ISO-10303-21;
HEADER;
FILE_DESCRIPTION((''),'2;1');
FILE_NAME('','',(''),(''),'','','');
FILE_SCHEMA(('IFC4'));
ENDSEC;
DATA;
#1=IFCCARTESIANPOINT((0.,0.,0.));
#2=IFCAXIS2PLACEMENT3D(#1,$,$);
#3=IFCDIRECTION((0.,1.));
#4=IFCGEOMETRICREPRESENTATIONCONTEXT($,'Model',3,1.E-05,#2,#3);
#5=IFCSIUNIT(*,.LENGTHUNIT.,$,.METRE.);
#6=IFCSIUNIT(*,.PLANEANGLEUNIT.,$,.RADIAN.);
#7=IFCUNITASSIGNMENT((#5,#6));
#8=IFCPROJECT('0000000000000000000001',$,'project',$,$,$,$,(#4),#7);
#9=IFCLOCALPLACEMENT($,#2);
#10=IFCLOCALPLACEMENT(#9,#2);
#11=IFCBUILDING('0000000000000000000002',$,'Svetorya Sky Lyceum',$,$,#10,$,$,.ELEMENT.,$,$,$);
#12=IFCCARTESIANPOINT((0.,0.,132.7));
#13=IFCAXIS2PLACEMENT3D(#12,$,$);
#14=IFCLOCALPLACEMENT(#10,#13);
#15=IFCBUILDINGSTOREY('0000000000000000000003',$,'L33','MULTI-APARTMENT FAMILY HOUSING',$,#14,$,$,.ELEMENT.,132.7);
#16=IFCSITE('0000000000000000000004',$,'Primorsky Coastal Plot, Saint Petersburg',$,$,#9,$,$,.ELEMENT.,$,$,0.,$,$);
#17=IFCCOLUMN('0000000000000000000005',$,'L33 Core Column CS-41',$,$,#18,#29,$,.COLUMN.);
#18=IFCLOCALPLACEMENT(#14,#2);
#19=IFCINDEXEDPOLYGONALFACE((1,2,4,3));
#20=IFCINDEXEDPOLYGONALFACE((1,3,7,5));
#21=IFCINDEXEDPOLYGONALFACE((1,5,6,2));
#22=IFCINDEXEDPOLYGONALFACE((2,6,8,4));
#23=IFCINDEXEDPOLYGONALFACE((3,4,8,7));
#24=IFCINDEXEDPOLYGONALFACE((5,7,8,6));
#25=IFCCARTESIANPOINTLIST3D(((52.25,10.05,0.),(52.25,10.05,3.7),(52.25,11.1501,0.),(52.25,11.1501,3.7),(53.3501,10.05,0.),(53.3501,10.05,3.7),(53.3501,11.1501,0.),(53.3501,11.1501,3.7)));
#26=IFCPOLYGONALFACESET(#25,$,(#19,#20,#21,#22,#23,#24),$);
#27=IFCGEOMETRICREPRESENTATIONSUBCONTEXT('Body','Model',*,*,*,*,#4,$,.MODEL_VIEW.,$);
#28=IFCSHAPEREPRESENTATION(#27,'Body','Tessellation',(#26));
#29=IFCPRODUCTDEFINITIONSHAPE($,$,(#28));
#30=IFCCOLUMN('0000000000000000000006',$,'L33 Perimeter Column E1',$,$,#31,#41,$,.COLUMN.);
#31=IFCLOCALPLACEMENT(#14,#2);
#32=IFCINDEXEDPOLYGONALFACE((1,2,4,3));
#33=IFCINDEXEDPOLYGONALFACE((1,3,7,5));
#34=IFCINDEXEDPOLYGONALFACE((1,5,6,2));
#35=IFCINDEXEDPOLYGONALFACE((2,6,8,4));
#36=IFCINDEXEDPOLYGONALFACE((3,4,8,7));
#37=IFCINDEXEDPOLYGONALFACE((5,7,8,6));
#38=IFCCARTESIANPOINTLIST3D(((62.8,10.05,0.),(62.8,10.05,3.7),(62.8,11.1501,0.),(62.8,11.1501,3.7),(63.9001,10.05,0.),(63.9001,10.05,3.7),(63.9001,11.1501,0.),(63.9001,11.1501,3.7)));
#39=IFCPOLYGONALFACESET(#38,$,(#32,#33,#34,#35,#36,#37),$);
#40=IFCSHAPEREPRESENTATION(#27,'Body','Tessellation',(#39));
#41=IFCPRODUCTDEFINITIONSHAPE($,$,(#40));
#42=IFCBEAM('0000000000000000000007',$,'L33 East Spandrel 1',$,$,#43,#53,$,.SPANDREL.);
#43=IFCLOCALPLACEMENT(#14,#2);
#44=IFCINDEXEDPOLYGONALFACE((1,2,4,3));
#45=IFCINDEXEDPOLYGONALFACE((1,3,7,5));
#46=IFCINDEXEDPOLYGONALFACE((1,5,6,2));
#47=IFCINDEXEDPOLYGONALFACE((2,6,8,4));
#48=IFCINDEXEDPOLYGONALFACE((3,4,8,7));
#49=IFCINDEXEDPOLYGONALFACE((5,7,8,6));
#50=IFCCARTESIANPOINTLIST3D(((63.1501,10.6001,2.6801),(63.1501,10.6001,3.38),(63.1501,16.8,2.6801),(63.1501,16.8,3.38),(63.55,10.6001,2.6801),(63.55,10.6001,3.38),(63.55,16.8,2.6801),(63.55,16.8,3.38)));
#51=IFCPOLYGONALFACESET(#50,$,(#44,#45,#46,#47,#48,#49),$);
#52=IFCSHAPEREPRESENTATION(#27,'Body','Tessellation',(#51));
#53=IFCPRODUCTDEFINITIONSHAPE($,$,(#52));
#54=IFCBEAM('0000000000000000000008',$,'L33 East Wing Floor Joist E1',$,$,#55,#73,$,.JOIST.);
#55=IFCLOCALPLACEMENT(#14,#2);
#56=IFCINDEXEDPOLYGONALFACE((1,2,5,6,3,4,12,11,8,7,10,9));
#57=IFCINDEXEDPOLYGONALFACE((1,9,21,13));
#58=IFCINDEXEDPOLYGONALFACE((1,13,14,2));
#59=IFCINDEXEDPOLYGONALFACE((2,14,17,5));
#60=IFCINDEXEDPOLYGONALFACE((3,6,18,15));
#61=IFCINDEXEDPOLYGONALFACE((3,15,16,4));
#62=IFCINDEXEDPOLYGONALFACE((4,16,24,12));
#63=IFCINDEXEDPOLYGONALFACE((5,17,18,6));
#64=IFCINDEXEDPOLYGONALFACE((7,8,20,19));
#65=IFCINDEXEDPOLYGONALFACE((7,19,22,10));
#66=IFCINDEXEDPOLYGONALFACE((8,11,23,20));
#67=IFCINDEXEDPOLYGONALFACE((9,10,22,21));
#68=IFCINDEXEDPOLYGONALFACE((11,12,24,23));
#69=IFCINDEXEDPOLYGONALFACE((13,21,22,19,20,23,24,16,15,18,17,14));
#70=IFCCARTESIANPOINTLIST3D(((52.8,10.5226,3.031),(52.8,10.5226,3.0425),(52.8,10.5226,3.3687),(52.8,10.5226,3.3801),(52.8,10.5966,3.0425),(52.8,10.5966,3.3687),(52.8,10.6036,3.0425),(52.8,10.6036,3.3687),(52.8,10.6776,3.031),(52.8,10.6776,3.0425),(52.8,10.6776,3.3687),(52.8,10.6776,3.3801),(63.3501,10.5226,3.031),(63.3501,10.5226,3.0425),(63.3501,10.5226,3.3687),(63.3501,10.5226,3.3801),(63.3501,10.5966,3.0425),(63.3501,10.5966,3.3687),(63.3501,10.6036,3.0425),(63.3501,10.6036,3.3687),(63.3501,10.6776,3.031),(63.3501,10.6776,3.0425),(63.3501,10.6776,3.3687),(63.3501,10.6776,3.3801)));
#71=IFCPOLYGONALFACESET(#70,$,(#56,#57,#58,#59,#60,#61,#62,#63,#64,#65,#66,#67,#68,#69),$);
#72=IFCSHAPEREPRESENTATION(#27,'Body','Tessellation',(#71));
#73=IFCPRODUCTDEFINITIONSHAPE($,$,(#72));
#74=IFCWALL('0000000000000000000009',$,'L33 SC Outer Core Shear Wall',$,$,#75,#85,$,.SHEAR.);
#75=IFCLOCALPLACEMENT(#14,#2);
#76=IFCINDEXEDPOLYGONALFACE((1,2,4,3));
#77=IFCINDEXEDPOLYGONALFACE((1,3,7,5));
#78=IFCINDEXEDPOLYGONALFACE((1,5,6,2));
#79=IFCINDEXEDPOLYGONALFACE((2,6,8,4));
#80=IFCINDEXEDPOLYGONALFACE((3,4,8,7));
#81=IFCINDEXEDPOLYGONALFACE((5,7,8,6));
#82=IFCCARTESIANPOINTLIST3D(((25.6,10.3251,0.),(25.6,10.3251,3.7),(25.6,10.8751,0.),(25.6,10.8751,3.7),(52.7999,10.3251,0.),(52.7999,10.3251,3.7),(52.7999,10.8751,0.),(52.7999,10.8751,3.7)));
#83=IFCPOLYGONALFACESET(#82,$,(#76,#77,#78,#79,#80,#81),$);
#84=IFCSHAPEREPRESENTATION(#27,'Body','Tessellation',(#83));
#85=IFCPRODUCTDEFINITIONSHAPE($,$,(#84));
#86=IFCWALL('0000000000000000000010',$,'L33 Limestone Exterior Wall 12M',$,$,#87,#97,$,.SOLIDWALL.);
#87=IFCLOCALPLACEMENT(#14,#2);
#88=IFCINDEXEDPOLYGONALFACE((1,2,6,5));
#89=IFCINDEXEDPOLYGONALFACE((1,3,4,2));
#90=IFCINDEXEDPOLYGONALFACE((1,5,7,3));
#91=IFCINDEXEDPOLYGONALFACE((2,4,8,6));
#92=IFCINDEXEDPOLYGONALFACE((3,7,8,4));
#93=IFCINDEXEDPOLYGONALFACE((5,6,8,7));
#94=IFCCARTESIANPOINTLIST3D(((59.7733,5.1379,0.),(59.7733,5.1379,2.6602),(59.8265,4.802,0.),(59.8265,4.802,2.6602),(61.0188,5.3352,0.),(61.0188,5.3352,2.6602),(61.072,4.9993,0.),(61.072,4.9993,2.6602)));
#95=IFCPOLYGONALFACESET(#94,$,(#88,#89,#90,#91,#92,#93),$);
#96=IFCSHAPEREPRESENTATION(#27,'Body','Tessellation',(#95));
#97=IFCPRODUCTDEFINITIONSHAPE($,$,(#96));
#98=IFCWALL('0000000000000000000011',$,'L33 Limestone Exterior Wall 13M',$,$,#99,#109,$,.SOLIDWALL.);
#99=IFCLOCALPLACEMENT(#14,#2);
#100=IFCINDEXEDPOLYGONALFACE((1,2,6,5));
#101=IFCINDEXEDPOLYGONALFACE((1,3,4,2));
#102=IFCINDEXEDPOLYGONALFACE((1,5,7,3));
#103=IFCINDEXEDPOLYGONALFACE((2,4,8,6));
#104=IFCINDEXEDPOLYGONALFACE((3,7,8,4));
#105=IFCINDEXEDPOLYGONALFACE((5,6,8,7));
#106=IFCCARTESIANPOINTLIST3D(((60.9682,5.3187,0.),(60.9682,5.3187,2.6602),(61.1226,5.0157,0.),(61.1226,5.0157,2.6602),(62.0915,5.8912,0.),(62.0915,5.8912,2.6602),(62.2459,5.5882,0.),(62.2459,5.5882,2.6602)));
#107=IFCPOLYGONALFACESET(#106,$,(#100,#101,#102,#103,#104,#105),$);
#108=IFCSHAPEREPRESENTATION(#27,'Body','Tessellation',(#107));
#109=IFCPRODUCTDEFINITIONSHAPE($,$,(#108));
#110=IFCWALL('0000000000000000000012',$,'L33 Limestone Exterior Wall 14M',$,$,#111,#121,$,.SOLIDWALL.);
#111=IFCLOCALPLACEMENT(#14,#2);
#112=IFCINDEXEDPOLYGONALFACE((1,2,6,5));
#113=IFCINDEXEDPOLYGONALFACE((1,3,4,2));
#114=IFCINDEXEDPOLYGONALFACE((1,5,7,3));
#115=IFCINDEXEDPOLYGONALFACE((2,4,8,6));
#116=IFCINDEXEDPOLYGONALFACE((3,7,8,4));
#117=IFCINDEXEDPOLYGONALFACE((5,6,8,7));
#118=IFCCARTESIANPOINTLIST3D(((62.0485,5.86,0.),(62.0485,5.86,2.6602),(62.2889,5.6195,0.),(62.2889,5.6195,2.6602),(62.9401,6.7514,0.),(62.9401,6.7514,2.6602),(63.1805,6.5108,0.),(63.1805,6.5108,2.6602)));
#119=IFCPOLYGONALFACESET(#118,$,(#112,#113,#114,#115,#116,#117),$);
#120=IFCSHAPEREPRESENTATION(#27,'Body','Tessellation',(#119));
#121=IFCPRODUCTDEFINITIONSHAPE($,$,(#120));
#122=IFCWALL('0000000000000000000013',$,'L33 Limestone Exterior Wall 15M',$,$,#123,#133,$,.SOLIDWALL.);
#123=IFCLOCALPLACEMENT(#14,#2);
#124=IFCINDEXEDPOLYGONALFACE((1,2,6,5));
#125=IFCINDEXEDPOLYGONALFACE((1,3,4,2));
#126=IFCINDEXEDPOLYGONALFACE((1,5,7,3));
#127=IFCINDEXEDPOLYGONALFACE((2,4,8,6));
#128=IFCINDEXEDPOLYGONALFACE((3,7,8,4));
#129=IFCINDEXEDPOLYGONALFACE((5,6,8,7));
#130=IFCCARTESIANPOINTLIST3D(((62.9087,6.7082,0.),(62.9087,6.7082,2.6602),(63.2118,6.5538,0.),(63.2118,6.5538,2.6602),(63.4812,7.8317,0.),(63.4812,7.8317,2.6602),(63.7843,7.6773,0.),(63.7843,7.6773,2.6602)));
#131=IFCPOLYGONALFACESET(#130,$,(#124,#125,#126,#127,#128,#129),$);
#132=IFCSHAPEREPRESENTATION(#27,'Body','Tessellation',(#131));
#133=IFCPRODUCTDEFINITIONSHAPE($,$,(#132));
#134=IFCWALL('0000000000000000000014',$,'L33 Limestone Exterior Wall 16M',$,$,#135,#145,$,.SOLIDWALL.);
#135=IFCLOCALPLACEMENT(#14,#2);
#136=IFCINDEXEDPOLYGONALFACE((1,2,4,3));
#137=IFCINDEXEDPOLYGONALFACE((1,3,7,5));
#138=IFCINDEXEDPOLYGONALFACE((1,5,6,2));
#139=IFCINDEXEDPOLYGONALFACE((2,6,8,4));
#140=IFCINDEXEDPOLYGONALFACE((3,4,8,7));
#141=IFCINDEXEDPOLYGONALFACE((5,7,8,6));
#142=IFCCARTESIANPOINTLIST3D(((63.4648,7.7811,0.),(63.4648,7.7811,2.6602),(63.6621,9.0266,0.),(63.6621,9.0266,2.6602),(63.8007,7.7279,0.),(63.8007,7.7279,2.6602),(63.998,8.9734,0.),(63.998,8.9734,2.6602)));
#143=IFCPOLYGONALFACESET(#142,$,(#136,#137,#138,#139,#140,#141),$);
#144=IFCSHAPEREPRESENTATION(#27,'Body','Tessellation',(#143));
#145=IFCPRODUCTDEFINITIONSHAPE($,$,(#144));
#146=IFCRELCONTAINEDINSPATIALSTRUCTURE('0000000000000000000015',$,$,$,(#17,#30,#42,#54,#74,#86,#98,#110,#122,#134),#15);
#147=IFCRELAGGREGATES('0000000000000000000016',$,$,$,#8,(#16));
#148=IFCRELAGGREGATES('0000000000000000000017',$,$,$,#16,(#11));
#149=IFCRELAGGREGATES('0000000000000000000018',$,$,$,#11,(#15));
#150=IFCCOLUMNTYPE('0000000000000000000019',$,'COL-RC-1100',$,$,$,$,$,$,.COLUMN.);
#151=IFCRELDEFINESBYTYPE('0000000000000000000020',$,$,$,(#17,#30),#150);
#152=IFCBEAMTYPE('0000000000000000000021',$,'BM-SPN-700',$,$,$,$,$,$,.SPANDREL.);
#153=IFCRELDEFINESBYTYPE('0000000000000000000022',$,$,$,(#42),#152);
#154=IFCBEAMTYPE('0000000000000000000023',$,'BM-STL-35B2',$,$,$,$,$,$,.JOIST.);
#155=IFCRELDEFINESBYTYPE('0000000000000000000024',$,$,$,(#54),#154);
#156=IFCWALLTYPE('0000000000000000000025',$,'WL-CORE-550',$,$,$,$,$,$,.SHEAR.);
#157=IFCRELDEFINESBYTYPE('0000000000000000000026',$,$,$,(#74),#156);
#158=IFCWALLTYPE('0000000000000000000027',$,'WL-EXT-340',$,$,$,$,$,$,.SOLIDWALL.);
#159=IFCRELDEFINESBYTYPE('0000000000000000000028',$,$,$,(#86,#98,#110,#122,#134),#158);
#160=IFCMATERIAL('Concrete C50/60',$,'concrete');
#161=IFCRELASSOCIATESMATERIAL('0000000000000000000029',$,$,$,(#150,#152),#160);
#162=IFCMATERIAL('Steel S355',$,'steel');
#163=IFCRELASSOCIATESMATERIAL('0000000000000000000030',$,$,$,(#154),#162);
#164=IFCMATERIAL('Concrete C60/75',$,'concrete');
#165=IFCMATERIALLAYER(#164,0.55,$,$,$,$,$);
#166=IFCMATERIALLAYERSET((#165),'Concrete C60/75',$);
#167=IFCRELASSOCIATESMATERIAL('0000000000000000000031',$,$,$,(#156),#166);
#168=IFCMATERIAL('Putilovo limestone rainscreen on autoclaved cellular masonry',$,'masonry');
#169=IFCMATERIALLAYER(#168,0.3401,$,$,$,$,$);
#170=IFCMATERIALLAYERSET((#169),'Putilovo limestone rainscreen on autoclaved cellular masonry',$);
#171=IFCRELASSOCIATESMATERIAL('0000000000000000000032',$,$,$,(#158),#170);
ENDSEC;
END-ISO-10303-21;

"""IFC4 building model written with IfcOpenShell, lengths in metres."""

from ifc_helpers import new_model, si_unit, direction, frame, frame_2d, origin, origin_2d, place, context, subcontext, project, spatial, rectangle, i_section, extrude, material, layer, layer_set, material_profile, profile_set, type_object, element, save


model = new_model("IFC4")

# Units and contexts
model_context = context("Model", 3, precision=1e-05, world=origin(), true_north=direction((0.0, 1.0)))
body_context = subcontext(model_context, "Body", "Model", "MODEL_VIEW")
ifc_project = project(units=[si_unit("LENGTHUNIT", "METRE"), si_unit("PLANEANGLEUNIT", "RADIAN")], contexts=[model_context])

# Site, building, storey
site_placement = place(None, origin())
site = spatial("IfcSite", under=ifc_project, at=site_placement, Name="Primorsky Coastal Plot, Saint Petersburg", CompositionType="ELEMENT", RefElevation=0.0)
building_placement = place(site_placement, origin())
building = spatial("IfcBuilding", under=site, at=building_placement, Name="Svetorya Sky Lyceum", CompositionType="ELEMENT")
storey_placement = place(building_placement, frame((0.0, 0.0, 132.7)))
storey = spatial("IfcBuildingStorey", under=building, at=storey_placement, Name="L33", Description="MULTI-APARTMENT FAMILY HOUSING", CompositionType="ELEMENT", Elevation=132.7)

# Columns
ifc_material_1 = material(Name="Concrete C50/60", Category="concrete")
ifc_material_profile_1 = material_profile(ifc_material_1, rectangle(XDim=1.1001, YDim=1.1001, at=origin_2d()), Name="RC COL 1100x1100")
ifc_profile_set_1 = profile_set([ifc_material_profile_1], Name="Concrete C50/60")
column_type = type_object("IfcColumnType", Name="COL-RC-1100", PredefinedType="COLUMN", material=ifc_profile_set_1)
for number, where, z_axis, x_axis, name in (
    (1, (52.8, 10.6001, 0.0), (0.0, 0.0, 1.0), (1.0, 0.0, 0.0), "L33 Core Column CS-41"),
    (2, (63.3501, 10.6001, 0.0), (0.0, 0.0, 1.0), (1.0, 0.0, 0.0), "L33 Perimeter Column E1"),
):
    element("IfcColumn", number, at=place(storey_placement, frame(where, z_axis=z_axis, x_axis=x_axis)), inside=storey, type_object=column_type, Name=name, PredefinedType="COLUMN", context=body_context, shape_type="SweptSolid", body=[
        extrude(rectangle(XDim=1.1001, YDim=1.1001, at=origin_2d()), origin(), (0.0, 0.0, 1.0), 3.7),
    ])

# Beams
ifc_material_profile_2 = material_profile(ifc_material_1, rectangle(XDim=0.3999, YDim=0.7, at=origin_2d()), Name="RC SPANDREL 400x700")
ifc_profile_set_2 = profile_set([ifc_material_profile_2], Name="Concrete C50/60")
beam_type_1 = type_object("IfcBeamType", Name="BM-SPN-700", PredefinedType="SPANDREL", material=ifc_profile_set_2)
beam_1_placement = place(storey_placement, frame((63.3501, 10.6001, 3.03), z_axis=(0.0, 1.0, 0.0), x_axis=(-1.0, 0.0, 0.0)))
element("IfcBeam", 3, at=beam_1_placement, inside=storey, type_object=beam_type_1, Name="L33 East Spandrel 1", PredefinedType="SPANDREL", context=body_context, shape_type="SweptSolid", body=[
    extrude(rectangle(XDim=0.3999, YDim=0.7, at=origin_2d()), origin(), (0.0, 0.0, 1.0), 6.2),
])
ifc_material_2 = material(Name="Steel S355", Category="steel")
ifc_material_profile_3 = material_profile(ifc_material_2, i_section(OverallWidth=0.155, OverallDepth=0.3491, WebThickness=0.0071, FlangeThickness=0.0115, at=origin_2d()), Name="GOST 35B2")
ifc_profile_set_3 = profile_set([ifc_material_profile_3], Name="Steel S355")
beam_type_2 = type_object("IfcBeamType", Name="BM-STL-35B2", PredefinedType="JOIST", material=ifc_profile_set_3)
beam_2_placement = place(storey_placement, frame((52.8, 10.6001, 3.2056), z_axis=(1.0, 0.0, 0.0), x_axis=(0.0, 1.0, 0.0)))
element("IfcBeam", 4, at=beam_2_placement, inside=storey, type_object=beam_type_2, Name="L33 East Wing Floor Joist E1", PredefinedType="JOIST", context=body_context, shape_type="SweptSolid", body=[
    extrude(i_section(OverallWidth=0.155, OverallDepth=0.3491, WebThickness=0.0071, FlangeThickness=0.0115, at=origin_2d()), origin(), (0.0, 0.0, 1.0), 10.55),
])

# Walls
ifc_material_3 = material(Name="Concrete C60/75", Category="concrete")
ifc_layer_1 = layer(ifc_material_3, 0.55)
ifc_layer_set_1 = layer_set([ifc_layer_1], Name="Concrete C60/75")
wall_type_1 = type_object("IfcWallType", Name="WL-CORE-550", PredefinedType="SHEAR", material=ifc_layer_set_1)
wall_1_placement = place(storey_placement, frame((52.8, 10.6001, 0.0), z_axis=(0.0, 0.0, 1.0), x_axis=(-1.0, 0.0, 0.0)))
element("IfcWall", 5, at=wall_1_placement, inside=storey, type_object=wall_type_1, Name="L33 SC Outer Core Shear Wall", PredefinedType="SHEAR", context=body_context, shape_type="SweptSolid", body=[
    extrude(rectangle(XDim=27.2, YDim=0.55, at=frame_2d((13.6001, 0.0))), origin(), (0.0, 0.0, 1.0), 3.7),
])
ifc_material_4 = material(Name="Putilovo limestone rainscreen on autoclaved cellular masonry", Category="masonry")
ifc_layer_2 = layer(ifc_material_4, 0.3401)
ifc_layer_set_2 = layer_set([ifc_layer_2], Name="Putilovo limestone rainscreen on autoclaved cellular masonry")
wall_type_2 = type_object("IfcWallType", Name="WL-EXT-340", PredefinedType="SOLIDWALL", material=ifc_layer_set_2)
wall_2_placement = place(storey_placement, frame((59.8, 4.97, 0.0), z_axis=(0.0, 0.0, 1.0), x_axis=(0.987686, 0.15645, 0.0)))
element("IfcWall", 6, at=wall_2_placement, inside=storey, type_object=wall_type_2, Name="L33 Limestone Exterior Wall 12M", PredefinedType="SOLIDWALL", context=body_context, shape_type="SweptSolid", body=[
    extrude(rectangle(XDim=1.261, YDim=0.3401, at=frame_2d((0.6304, 0.0))), origin(), (0.0, 0.0, 1.0), 2.6602),
])
for number, where, z_axis, x_axis, name in (
    (7, (61.0454, 5.1672, 0.0), (0.0, 0.0, 1.0), (0.890954, 0.454094, 0.0), "L33 Limestone Exterior Wall 13M"),
    (8, (62.1687, 5.7397, 0.0), (0.0, 0.0, 1.0), (0.707204, 0.70701, 0.0), "L33 Limestone Exterior Wall 14M"),
):
    element("IfcWall", number, at=place(storey_placement, frame(where, z_axis=z_axis, x_axis=x_axis)), inside=storey, type_object=wall_type_2, Name=name, PredefinedType="SOLIDWALL", context=body_context, shape_type="SweptSolid", body=[
        extrude(rectangle(XDim=1.2607, YDim=0.3401, at=frame_2d((0.6304, 0.0))), origin(), (0.0, 0.0, 1.0), 2.6602),
    ])
for number, where, z_axis, x_axis, name in (
    (9, (63.0603, 6.6311, 0.0), (0.0, 0.0, 1.0), (0.454016, 0.890994, 0.0), "L33 Limestone Exterior Wall 15M"),
    (10, (63.6328, 7.7546, 0.0), (0.0, 0.0, 1.0), (0.15645, 0.987686, 0.0), "L33 Limestone Exterior Wall 16M"),
):
    element("IfcWall", number, at=place(storey_placement, frame(where, z_axis=z_axis, x_axis=x_axis)), inside=storey, type_object=wall_type_2, Name=name, PredefinedType="SOLIDWALL", context=body_context, shape_type="SweptSolid", body=[
        extrude(rectangle(XDim=1.261, YDim=0.3401, at=frame_2d((0.6304, 0.0))), origin(), (0.0, 0.0, 1.0), 2.6602),
    ])

save(model, "model.ifc")
